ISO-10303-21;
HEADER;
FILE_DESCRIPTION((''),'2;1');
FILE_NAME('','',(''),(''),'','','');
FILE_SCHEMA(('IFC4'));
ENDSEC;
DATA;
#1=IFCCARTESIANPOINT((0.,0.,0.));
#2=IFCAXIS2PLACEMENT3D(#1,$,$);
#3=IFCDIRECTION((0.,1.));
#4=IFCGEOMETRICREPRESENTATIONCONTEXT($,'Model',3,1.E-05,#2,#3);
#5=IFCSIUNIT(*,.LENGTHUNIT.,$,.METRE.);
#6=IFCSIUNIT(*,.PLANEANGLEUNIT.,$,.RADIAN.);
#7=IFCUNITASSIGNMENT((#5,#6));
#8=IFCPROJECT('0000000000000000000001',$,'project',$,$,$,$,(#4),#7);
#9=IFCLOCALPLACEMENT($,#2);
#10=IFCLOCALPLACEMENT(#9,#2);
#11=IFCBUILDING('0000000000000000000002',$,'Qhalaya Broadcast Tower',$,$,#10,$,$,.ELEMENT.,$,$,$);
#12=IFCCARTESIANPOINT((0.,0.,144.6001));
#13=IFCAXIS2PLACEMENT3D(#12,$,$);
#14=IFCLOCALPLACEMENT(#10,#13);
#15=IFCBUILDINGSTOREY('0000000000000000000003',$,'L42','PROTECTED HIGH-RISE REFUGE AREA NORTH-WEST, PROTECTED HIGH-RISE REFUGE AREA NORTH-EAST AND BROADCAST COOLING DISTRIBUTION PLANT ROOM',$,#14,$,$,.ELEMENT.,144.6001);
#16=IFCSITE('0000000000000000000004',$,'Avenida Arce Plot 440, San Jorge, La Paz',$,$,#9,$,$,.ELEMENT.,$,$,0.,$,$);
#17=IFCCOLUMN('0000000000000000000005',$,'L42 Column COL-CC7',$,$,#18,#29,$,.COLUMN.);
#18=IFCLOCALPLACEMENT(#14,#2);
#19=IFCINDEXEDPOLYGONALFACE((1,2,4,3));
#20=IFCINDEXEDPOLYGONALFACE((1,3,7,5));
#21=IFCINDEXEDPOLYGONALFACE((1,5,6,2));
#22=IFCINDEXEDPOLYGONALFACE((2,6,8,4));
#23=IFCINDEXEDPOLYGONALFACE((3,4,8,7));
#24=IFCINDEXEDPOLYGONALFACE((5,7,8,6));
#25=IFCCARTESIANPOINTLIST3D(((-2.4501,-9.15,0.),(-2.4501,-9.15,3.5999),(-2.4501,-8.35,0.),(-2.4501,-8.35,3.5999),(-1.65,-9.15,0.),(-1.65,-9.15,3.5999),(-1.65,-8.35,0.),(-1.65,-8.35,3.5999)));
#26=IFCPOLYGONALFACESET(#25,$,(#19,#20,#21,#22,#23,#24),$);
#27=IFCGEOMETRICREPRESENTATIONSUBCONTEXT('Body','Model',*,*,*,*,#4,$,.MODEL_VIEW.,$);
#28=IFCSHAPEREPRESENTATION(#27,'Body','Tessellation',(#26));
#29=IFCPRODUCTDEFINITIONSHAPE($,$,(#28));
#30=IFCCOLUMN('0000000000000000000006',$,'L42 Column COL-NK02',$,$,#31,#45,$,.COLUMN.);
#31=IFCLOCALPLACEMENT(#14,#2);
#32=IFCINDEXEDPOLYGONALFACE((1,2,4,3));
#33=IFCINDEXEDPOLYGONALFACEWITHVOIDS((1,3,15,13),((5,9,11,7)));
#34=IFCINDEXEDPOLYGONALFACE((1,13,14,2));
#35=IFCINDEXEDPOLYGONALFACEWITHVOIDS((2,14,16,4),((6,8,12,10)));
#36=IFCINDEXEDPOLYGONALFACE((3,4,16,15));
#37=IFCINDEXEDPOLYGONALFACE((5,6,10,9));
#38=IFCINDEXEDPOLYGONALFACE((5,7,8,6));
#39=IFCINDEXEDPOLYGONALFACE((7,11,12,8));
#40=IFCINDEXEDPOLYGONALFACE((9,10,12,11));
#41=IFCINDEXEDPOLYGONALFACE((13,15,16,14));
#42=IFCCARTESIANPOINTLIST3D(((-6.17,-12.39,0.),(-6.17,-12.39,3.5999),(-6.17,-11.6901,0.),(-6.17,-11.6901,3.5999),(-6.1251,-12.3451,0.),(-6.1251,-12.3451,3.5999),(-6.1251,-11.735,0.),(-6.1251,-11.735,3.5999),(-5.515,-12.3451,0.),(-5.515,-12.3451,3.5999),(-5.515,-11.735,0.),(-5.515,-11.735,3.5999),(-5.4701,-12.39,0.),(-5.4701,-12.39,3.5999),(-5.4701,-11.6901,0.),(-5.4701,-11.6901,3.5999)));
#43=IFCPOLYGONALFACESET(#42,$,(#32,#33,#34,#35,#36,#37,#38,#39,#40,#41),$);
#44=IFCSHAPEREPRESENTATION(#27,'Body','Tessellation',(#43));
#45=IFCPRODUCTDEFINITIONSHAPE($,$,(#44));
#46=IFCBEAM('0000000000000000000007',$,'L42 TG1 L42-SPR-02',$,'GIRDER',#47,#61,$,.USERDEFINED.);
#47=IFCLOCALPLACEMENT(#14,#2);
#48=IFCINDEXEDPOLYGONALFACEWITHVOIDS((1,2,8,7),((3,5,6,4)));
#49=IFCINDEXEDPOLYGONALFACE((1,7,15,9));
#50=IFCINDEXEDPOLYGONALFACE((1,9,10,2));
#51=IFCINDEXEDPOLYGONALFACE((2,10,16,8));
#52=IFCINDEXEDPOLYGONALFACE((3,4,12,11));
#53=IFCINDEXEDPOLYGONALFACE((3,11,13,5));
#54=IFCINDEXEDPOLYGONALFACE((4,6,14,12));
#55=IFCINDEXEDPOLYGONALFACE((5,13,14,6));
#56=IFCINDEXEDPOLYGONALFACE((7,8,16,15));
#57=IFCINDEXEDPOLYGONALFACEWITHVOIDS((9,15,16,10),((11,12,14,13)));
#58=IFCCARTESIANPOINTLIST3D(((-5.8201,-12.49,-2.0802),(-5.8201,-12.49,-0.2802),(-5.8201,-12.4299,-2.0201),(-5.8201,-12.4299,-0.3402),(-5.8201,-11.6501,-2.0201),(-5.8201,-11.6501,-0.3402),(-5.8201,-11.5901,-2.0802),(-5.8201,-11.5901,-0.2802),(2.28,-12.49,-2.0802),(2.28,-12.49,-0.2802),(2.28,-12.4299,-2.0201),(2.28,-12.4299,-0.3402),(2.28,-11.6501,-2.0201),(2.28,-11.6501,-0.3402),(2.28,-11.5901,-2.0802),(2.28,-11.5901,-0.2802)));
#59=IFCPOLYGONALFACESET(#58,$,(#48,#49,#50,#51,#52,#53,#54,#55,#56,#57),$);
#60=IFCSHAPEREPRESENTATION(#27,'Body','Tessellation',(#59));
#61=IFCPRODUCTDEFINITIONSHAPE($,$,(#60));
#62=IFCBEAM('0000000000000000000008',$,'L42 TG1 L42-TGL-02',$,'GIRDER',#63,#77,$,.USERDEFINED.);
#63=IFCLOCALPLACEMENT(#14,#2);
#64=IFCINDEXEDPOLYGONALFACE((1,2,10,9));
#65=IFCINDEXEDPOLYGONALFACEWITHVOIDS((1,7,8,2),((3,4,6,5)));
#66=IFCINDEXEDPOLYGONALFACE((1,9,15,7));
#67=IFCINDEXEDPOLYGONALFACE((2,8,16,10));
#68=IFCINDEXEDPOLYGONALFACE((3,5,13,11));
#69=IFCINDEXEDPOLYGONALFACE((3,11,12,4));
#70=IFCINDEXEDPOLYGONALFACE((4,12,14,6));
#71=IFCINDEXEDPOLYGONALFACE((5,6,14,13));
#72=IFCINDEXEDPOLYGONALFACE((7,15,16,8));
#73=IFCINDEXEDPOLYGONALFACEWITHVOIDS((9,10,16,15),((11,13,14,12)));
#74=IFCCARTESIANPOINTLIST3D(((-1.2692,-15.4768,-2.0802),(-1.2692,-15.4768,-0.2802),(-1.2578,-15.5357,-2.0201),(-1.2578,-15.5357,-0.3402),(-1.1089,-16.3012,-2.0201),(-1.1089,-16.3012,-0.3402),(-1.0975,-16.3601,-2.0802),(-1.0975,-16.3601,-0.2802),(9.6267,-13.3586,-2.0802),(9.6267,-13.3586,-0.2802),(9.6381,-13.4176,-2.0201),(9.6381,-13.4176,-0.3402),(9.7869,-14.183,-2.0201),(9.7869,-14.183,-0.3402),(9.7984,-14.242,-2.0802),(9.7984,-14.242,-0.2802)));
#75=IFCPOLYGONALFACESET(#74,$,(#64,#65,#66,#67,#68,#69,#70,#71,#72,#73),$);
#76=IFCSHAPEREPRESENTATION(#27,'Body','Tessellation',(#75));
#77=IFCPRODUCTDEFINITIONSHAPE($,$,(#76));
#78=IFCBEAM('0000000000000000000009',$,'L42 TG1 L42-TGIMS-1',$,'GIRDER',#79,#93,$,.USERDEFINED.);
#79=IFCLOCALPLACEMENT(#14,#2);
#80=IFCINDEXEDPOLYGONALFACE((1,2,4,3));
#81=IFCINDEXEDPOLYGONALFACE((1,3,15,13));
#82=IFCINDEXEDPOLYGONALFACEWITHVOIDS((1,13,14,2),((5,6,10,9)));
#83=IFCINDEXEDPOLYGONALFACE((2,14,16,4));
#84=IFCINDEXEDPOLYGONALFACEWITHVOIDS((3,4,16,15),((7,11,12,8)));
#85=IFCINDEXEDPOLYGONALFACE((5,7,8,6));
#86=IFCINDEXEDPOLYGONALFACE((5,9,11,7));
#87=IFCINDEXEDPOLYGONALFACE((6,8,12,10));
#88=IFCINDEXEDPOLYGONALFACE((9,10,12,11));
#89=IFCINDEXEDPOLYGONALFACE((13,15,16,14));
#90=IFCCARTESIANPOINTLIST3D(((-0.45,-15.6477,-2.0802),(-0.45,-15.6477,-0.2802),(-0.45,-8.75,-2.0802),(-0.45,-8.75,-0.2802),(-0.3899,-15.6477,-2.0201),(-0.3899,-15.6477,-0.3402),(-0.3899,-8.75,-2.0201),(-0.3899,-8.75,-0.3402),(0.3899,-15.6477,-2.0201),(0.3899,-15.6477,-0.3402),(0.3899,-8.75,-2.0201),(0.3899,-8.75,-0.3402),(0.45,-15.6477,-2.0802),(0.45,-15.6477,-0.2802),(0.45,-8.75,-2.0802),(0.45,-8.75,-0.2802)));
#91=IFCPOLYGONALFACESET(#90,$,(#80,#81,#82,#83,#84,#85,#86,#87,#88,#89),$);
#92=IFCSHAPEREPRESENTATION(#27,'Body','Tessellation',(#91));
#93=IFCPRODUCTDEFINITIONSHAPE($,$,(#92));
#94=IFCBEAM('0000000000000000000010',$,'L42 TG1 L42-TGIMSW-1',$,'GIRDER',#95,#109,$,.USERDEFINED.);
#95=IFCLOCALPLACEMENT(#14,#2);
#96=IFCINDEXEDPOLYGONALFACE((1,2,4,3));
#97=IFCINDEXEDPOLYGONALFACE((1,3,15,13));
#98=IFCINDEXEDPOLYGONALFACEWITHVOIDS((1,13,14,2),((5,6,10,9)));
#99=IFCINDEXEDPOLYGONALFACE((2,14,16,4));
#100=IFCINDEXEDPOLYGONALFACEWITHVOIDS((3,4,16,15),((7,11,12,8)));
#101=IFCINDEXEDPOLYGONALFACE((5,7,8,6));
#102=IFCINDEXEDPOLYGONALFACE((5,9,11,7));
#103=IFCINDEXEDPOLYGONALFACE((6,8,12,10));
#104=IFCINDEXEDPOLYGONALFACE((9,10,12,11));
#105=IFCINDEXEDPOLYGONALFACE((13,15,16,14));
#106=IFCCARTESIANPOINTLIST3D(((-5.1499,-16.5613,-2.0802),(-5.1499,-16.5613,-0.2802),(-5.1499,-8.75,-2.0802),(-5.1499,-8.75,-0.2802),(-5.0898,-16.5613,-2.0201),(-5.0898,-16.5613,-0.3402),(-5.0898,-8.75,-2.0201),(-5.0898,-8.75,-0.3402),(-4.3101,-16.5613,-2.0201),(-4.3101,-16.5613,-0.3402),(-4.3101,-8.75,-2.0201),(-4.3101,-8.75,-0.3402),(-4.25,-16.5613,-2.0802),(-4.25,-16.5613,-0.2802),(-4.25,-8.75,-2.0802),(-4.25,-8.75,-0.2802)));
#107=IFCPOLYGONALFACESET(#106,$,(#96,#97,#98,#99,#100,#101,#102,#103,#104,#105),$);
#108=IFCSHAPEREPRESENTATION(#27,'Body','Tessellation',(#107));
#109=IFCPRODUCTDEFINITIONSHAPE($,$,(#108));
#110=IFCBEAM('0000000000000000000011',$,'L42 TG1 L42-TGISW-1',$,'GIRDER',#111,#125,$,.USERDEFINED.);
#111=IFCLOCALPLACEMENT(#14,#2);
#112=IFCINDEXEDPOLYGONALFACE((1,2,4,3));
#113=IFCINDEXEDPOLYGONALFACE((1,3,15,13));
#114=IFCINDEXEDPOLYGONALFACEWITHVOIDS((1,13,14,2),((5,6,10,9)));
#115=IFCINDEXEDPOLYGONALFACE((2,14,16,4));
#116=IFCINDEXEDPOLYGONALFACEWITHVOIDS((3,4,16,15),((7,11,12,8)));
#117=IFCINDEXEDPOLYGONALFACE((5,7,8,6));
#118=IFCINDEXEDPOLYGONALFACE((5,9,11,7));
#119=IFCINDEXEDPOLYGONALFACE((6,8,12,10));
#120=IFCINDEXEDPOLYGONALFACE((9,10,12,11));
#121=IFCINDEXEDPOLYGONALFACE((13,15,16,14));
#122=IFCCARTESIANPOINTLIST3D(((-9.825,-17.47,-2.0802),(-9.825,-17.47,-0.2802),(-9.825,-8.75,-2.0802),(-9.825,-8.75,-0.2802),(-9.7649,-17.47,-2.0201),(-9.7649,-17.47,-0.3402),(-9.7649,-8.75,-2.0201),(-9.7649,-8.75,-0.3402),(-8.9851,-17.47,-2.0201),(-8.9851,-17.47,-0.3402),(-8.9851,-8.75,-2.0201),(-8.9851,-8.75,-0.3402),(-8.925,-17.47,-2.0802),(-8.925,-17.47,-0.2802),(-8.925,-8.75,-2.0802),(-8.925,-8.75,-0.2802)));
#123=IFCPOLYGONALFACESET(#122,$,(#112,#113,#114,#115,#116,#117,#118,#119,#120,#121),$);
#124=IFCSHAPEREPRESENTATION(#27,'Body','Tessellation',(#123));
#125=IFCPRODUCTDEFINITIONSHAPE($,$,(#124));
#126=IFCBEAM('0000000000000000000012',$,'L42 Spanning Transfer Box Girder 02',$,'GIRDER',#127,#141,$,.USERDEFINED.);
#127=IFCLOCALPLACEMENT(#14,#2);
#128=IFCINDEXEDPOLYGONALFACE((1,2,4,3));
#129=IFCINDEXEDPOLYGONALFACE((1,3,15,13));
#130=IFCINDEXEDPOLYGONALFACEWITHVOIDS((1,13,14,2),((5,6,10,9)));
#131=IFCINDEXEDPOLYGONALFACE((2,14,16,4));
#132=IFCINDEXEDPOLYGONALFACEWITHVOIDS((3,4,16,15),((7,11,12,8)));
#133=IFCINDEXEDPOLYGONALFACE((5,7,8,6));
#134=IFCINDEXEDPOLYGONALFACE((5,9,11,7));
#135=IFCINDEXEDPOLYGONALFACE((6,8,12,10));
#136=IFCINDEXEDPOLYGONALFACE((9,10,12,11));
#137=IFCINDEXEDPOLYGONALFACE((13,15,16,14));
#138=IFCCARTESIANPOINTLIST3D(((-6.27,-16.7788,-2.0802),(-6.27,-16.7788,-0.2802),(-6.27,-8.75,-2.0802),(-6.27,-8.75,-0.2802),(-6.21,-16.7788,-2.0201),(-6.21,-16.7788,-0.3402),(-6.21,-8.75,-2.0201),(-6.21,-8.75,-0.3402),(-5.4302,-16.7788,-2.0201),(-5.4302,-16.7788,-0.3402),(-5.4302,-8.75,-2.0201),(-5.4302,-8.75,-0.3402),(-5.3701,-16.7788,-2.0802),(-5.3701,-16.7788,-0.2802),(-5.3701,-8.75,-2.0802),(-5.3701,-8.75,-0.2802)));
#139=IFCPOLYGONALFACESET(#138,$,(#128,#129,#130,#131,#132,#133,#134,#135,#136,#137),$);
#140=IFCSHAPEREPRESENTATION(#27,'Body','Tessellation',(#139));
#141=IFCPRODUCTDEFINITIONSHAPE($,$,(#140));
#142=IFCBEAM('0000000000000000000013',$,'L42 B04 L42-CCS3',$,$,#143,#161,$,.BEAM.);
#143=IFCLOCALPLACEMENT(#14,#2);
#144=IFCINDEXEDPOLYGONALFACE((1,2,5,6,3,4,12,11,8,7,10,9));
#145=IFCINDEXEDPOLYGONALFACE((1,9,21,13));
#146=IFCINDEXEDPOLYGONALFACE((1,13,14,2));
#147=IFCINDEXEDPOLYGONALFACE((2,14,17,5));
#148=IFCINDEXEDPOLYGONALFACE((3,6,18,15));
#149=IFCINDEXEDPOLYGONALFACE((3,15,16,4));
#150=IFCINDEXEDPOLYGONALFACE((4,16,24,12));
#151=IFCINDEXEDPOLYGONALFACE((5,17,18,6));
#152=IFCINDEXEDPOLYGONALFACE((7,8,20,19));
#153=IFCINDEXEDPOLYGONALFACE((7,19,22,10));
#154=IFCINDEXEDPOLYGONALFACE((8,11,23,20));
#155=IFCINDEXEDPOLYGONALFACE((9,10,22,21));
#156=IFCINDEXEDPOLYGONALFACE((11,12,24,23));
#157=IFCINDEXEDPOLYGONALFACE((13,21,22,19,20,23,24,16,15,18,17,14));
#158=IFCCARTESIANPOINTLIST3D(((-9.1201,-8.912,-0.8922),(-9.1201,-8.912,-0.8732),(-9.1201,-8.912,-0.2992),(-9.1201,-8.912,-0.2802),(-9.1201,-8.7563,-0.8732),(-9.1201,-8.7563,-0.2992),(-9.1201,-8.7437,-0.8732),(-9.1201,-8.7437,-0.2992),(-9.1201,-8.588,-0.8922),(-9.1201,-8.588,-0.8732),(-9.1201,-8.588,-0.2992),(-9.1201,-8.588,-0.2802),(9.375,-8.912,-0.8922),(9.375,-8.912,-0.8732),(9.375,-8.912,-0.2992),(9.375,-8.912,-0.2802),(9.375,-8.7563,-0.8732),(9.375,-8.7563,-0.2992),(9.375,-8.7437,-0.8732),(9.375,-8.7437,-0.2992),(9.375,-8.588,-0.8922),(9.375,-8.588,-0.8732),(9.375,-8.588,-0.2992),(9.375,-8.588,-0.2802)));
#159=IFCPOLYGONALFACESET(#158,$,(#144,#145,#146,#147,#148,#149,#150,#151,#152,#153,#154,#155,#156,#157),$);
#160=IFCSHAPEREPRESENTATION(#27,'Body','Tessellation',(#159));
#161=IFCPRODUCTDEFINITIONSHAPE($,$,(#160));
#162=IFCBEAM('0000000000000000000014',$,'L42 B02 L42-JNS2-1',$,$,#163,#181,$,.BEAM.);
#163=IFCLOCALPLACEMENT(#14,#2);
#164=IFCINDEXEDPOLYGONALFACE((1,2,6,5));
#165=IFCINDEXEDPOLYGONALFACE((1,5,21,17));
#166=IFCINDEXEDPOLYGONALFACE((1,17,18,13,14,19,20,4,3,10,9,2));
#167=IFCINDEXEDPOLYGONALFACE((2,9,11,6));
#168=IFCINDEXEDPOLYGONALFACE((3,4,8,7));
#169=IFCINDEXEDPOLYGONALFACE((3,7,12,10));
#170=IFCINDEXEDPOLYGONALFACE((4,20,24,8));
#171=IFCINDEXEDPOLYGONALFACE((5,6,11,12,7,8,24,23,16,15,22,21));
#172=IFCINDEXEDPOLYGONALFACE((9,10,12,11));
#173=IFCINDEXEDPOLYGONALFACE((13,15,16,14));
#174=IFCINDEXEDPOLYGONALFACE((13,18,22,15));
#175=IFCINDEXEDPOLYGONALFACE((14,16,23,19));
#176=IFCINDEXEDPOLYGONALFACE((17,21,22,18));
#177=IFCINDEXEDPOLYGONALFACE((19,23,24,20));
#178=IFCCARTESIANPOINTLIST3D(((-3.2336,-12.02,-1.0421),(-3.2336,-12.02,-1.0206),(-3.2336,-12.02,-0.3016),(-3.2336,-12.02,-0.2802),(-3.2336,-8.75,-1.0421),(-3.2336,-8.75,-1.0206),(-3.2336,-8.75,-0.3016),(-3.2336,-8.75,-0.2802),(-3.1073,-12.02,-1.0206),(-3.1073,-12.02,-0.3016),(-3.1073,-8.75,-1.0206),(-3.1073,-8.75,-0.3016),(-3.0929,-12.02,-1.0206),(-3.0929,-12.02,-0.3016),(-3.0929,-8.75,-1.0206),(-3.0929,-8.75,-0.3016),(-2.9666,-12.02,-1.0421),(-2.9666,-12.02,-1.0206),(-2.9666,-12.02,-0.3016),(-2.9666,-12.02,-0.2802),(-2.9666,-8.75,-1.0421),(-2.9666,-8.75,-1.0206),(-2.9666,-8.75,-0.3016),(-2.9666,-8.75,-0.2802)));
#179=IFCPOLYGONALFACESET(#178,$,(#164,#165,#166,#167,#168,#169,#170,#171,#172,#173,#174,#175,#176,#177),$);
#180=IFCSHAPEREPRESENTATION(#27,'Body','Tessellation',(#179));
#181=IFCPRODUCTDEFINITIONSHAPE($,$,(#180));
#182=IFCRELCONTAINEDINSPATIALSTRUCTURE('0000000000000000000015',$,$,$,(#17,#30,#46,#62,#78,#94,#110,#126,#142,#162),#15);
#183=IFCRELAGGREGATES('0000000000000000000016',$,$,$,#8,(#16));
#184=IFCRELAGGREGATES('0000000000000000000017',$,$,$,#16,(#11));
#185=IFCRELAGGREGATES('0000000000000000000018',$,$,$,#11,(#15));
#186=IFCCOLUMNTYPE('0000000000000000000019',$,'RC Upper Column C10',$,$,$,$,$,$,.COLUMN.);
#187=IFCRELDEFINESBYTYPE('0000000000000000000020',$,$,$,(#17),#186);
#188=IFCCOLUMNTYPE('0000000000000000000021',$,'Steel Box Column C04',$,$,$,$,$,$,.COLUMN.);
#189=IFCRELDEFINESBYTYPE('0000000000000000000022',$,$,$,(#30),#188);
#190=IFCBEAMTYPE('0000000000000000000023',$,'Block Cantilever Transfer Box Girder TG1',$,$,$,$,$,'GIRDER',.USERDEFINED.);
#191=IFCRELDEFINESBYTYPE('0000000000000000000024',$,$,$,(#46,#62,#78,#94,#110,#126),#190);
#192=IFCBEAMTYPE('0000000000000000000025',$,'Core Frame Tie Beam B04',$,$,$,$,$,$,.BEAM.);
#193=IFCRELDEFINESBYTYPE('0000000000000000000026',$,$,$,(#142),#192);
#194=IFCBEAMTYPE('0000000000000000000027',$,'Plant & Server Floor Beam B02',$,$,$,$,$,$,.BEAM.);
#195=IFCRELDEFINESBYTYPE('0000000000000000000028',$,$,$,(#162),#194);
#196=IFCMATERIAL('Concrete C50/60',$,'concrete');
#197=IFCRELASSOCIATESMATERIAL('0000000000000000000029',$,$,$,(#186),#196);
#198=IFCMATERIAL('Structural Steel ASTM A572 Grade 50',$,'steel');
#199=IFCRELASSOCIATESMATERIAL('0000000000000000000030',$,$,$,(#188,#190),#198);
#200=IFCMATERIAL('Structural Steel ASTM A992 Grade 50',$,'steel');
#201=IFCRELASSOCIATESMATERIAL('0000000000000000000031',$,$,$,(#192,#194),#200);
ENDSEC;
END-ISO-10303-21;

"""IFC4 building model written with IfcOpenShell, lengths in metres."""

from ifc_helpers import new_model, si_unit, direction, frame, origin, origin_2d, place, context, subcontext, project, spatial, rectangle, hollow_rectangle, i_section, extrude, material, material_profile, profile_set, type_object, element, save


model = new_model("IFC4")

# Units and contexts
model_context = context("Model", 3, precision=1e-05, world=origin(), true_north=direction((0.0, 1.0)))
body_context = subcontext(model_context, "Body", "Model", "MODEL_VIEW")
ifc_project = project(units=[si_unit("LENGTHUNIT", "METRE"), si_unit("PLANEANGLEUNIT", "RADIAN")], contexts=[model_context])

# Site, building, storey
site_placement = place(None, origin())
site = spatial("IfcSite", under=ifc_project, at=site_placement, Name="Avenida Arce Plot 440, San Jorge, La Paz", CompositionType="ELEMENT", RefElevation=0.0)
building_placement = place(site_placement, origin())
building = spatial("IfcBuilding", under=site, at=building_placement, Name="Qhalaya Broadcast Tower", CompositionType="ELEMENT")
storey_placement = place(building_placement, frame((0.0, 0.0, 144.6001)))
storey = spatial("IfcBuildingStorey", under=building, at=storey_placement, Name="L42", Description="PROTECTED HIGH-RISE REFUGE AREA NORTH-WEST, PROTECTED HIGH-RISE REFUGE AREA NORTH-EAST AND BROADCAST COOLING DISTRIBUTION PLANT ROOM", CompositionType="ELEMENT", Elevation=144.6001)

# Columns
ifc_material_1 = material(Name="Concrete C50/60", Category="concrete")
ifc_material_profile_1 = material_profile(ifc_material_1, rectangle(XDim=0.8, YDim=0.8, at=origin_2d()), Name="RC-COL 800x800")
ifc_profile_set_1 = profile_set([ifc_material_profile_1], Name="Concrete C50/60")
column_type_1 = type_object("IfcColumnType", Name="RC Upper Column C10", PredefinedType="COLUMN", material=ifc_profile_set_1)
column_1_placement = place(storey_placement, frame((-2.05, -8.75, 0.0), z_axis=(0.0, 0.0, 1.0), x_axis=(1.0, 0.0, 0.0)))
element("IfcColumn", 1, at=column_1_placement, inside=storey, type_object=column_type_1, Name="L42 Column COL-CC7", PredefinedType="COLUMN", context=body_context, shape_type="SweptSolid", body=[
    extrude(rectangle(XDim=0.8, YDim=0.8, at=origin_2d()), origin(), (0.0, 0.0, 1.0), 3.5999),
])
ifc_material_2 = material(Name="Structural Steel ASTM A572 Grade 50", Category="steel")
ifc_material_profile_2 = material_profile(ifc_material_2, hollow_rectangle(XDim=0.7, YDim=0.7, WallThickness=0.0449, at=origin_2d()), Name="BOX 700x700x45")
ifc_profile_set_2 = profile_set([ifc_material_profile_2], Name="Structural Steel ASTM A572 Grade 50")
column_type_2 = type_object("IfcColumnType", Name="Steel Box Column C04", PredefinedType="COLUMN", material=ifc_profile_set_2)
column_2_placement = place(storey_placement, frame((-5.8201, -12.04, 0.0), z_axis=(0.0, 0.0, 1.0), x_axis=(1.0, 0.0, 0.0)))
element("IfcColumn", 2, at=column_2_placement, inside=storey, type_object=column_type_2, Name="L42 Column COL-NK02", PredefinedType="COLUMN", context=body_context, shape_type="SweptSolid", body=[
    extrude(hollow_rectangle(XDim=0.7, YDim=0.7, WallThickness=0.0449, at=origin_2d()), origin(), (0.0, 0.0, 1.0), 3.5999),
])

# Beams
ifc_material_profile_3 = material_profile(ifc_material_2, hollow_rectangle(XDim=0.8999, YDim=1.8, WallThickness=0.0601, at=origin_2d()), Name="BOX 900x1800x60")
ifc_profile_set_3 = profile_set([ifc_material_profile_3], Name="Structural Steel ASTM A572 Grade 50")
beam_type_1 = type_object("IfcBeamType", Name="Block Cantilever Transfer Box Girder TG1", ElementType="GIRDER", PredefinedType="USERDEFINED", material=ifc_profile_set_3)
beam_1_placement = place(storey_placement, frame((-5.8201, -12.04, -1.1802), z_axis=(1.0, 0.0, 0.0), x_axis=(0.0, 1.0, 0.0)))
element("IfcBeam", 3, at=beam_1_placement, inside=storey, type_object=beam_type_1, Name="L42 TG1 L42-SPR-02", ObjectType="GIRDER", PredefinedType="USERDEFINED", context=body_context, shape_type="SweptSolid", body=[
    extrude(hollow_rectangle(XDim=0.8999, YDim=1.8, WallThickness=0.0601, at=origin_2d()), origin(), (0.0, 0.0, 1.0), 8.1001),
])
beam_2_placement = place(storey_placement, frame((-1.1833, -15.9185, -1.1802), z_axis=(0.981624, 0.190826, 0.0), x_axis=(-0.190826, 0.981624, 0.0)))
element("IfcBeam", 4, at=beam_2_placement, inside=storey, type_object=beam_type_1, Name="L42 TG1 L42-TGL-02", ObjectType="GIRDER", PredefinedType="USERDEFINED", context=body_context, shape_type="SweptSolid", body=[
    extrude(hollow_rectangle(XDim=0.8999, YDim=1.8, WallThickness=0.0601, at=origin_2d()), origin(), (0.0, 0.0, 1.0), 11.0999),
])
beam_3_placement = place(storey_placement, frame((0.0, -15.6477, -1.1802), z_axis=(0.0, 1.0, 0.0), x_axis=(-1.0, 0.0, 0.0)))
element("IfcBeam", 5, at=beam_3_placement, inside=storey, type_object=beam_type_1, Name="L42 TG1 L42-TGIMS-1", ObjectType="GIRDER", PredefinedType="USERDEFINED", context=body_context, shape_type="SweptSolid", body=[
    extrude(hollow_rectangle(XDim=0.8999, YDim=1.8, WallThickness=0.0601, at=origin_2d()), origin(), (0.0, 0.0, 1.0), 6.8977),
])
beam_4_placement = place(storey_placement, frame((-4.7, -16.5613, -1.1802), z_axis=(0.0, 1.0, 0.0), x_axis=(-1.0, 0.0, 0.0)))
element("IfcBeam", 6, at=beam_4_placement, inside=storey, type_object=beam_type_1, Name="L42 TG1 L42-TGIMSW-1", ObjectType="GIRDER", PredefinedType="USERDEFINED", context=body_context, shape_type="SweptSolid", body=[
    extrude(hollow_rectangle(XDim=0.8999, YDim=1.8, WallThickness=0.0601, at=origin_2d()), origin(), (0.0, 0.0, 1.0), 7.8113),
])
beam_5_placement = place(storey_placement, frame((-9.375, -17.47, -1.1802), z_axis=(0.0, 1.0, 0.0), x_axis=(-1.0, 0.0, 0.0)))
element("IfcBeam", 7, at=beam_5_placement, inside=storey, type_object=beam_type_1, Name="L42 TG1 L42-TGISW-1", ObjectType="GIRDER", PredefinedType="USERDEFINED", context=body_context, shape_type="SweptSolid", body=[
    extrude(hollow_rectangle(XDim=0.8999, YDim=1.8, WallThickness=0.0601, at=origin_2d()), origin(), (0.0, 0.0, 1.0), 8.72),
])
beam_6_placement = place(storey_placement, frame((-5.8201, -16.7788, -1.1802), z_axis=(0.0, 1.0, 0.0), x_axis=(-1.0, 0.0, 0.0)))
element("IfcBeam", 8, at=beam_6_placement, inside=storey, type_object=beam_type_1, Name="L42 Spanning Transfer Box Girder 02", ObjectType="GIRDER", PredefinedType="USERDEFINED", context=body_context, shape_type="SweptSolid", body=[
    extrude(hollow_rectangle(XDim=0.8999, YDim=1.8, WallThickness=0.0601, at=origin_2d()), origin(), (0.0, 0.0, 1.0), 8.0288),
])
ifc_material_3 = material(Name="Structural Steel ASTM A992 Grade 50", Category="steel")
ifc_material_profile_4 = material_profile(ifc_material_3, i_section(OverallWidth=0.324, OverallDepth=0.6121, WebThickness=0.0127, FlangeThickness=0.019, at=origin_2d()), Name="W24X104")
ifc_profile_set_4 = profile_set([ifc_material_profile_4], Name="Structural Steel ASTM A992 Grade 50")
beam_type_2 = type_object("IfcBeamType", Name="Core Frame Tie Beam B04", PredefinedType="BEAM", material=ifc_profile_set_4)
beam_7_placement = place(storey_placement, frame((-9.1201, -8.75, -0.5862), z_axis=(1.0, 0.0, 0.0), x_axis=(0.0, 1.0, 0.0)))
element("IfcBeam", 9, at=beam_7_placement, inside=storey, type_object=beam_type_2, Name="L42 B04 L42-CCS3", PredefinedType="BEAM", context=body_context, shape_type="SweptSolid", body=[
    extrude(i_section(OverallWidth=0.324, OverallDepth=0.6121, WebThickness=0.0127, FlangeThickness=0.019, at=origin_2d()), origin(), (0.0, 0.0, 1.0), 18.4951),
])
ifc_material_profile_5 = material_profile(ifc_material_3, i_section(OverallWidth=0.2671, OverallDepth=0.762, WebThickness=0.0144, FlangeThickness=0.0215, at=origin_2d()), Name="W30X116")
ifc_profile_set_5 = profile_set([ifc_material_profile_5], Name="Structural Steel ASTM A992 Grade 50")
beam_type_3 = type_object("IfcBeamType", Name="Plant & Server Floor Beam B02", PredefinedType="BEAM", material=ifc_profile_set_5)
beam_8_placement = place(storey_placement, frame((-3.1001, -12.02, -0.6611), z_axis=(0.0, 1.0, 0.0), x_axis=(-1.0, 0.0, 0.0)))
element("IfcBeam", 10, at=beam_8_placement, inside=storey, type_object=beam_type_3, Name="L42 B02 L42-JNS2-1", PredefinedType="BEAM", context=body_context, shape_type="SweptSolid", body=[
    extrude(i_section(OverallWidth=0.2671, OverallDepth=0.762, WebThickness=0.0144, FlangeThickness=0.0215, at=origin_2d()), origin(), (0.0, 0.0, 1.0), 3.27),
])

save(model, "model.ifc")
